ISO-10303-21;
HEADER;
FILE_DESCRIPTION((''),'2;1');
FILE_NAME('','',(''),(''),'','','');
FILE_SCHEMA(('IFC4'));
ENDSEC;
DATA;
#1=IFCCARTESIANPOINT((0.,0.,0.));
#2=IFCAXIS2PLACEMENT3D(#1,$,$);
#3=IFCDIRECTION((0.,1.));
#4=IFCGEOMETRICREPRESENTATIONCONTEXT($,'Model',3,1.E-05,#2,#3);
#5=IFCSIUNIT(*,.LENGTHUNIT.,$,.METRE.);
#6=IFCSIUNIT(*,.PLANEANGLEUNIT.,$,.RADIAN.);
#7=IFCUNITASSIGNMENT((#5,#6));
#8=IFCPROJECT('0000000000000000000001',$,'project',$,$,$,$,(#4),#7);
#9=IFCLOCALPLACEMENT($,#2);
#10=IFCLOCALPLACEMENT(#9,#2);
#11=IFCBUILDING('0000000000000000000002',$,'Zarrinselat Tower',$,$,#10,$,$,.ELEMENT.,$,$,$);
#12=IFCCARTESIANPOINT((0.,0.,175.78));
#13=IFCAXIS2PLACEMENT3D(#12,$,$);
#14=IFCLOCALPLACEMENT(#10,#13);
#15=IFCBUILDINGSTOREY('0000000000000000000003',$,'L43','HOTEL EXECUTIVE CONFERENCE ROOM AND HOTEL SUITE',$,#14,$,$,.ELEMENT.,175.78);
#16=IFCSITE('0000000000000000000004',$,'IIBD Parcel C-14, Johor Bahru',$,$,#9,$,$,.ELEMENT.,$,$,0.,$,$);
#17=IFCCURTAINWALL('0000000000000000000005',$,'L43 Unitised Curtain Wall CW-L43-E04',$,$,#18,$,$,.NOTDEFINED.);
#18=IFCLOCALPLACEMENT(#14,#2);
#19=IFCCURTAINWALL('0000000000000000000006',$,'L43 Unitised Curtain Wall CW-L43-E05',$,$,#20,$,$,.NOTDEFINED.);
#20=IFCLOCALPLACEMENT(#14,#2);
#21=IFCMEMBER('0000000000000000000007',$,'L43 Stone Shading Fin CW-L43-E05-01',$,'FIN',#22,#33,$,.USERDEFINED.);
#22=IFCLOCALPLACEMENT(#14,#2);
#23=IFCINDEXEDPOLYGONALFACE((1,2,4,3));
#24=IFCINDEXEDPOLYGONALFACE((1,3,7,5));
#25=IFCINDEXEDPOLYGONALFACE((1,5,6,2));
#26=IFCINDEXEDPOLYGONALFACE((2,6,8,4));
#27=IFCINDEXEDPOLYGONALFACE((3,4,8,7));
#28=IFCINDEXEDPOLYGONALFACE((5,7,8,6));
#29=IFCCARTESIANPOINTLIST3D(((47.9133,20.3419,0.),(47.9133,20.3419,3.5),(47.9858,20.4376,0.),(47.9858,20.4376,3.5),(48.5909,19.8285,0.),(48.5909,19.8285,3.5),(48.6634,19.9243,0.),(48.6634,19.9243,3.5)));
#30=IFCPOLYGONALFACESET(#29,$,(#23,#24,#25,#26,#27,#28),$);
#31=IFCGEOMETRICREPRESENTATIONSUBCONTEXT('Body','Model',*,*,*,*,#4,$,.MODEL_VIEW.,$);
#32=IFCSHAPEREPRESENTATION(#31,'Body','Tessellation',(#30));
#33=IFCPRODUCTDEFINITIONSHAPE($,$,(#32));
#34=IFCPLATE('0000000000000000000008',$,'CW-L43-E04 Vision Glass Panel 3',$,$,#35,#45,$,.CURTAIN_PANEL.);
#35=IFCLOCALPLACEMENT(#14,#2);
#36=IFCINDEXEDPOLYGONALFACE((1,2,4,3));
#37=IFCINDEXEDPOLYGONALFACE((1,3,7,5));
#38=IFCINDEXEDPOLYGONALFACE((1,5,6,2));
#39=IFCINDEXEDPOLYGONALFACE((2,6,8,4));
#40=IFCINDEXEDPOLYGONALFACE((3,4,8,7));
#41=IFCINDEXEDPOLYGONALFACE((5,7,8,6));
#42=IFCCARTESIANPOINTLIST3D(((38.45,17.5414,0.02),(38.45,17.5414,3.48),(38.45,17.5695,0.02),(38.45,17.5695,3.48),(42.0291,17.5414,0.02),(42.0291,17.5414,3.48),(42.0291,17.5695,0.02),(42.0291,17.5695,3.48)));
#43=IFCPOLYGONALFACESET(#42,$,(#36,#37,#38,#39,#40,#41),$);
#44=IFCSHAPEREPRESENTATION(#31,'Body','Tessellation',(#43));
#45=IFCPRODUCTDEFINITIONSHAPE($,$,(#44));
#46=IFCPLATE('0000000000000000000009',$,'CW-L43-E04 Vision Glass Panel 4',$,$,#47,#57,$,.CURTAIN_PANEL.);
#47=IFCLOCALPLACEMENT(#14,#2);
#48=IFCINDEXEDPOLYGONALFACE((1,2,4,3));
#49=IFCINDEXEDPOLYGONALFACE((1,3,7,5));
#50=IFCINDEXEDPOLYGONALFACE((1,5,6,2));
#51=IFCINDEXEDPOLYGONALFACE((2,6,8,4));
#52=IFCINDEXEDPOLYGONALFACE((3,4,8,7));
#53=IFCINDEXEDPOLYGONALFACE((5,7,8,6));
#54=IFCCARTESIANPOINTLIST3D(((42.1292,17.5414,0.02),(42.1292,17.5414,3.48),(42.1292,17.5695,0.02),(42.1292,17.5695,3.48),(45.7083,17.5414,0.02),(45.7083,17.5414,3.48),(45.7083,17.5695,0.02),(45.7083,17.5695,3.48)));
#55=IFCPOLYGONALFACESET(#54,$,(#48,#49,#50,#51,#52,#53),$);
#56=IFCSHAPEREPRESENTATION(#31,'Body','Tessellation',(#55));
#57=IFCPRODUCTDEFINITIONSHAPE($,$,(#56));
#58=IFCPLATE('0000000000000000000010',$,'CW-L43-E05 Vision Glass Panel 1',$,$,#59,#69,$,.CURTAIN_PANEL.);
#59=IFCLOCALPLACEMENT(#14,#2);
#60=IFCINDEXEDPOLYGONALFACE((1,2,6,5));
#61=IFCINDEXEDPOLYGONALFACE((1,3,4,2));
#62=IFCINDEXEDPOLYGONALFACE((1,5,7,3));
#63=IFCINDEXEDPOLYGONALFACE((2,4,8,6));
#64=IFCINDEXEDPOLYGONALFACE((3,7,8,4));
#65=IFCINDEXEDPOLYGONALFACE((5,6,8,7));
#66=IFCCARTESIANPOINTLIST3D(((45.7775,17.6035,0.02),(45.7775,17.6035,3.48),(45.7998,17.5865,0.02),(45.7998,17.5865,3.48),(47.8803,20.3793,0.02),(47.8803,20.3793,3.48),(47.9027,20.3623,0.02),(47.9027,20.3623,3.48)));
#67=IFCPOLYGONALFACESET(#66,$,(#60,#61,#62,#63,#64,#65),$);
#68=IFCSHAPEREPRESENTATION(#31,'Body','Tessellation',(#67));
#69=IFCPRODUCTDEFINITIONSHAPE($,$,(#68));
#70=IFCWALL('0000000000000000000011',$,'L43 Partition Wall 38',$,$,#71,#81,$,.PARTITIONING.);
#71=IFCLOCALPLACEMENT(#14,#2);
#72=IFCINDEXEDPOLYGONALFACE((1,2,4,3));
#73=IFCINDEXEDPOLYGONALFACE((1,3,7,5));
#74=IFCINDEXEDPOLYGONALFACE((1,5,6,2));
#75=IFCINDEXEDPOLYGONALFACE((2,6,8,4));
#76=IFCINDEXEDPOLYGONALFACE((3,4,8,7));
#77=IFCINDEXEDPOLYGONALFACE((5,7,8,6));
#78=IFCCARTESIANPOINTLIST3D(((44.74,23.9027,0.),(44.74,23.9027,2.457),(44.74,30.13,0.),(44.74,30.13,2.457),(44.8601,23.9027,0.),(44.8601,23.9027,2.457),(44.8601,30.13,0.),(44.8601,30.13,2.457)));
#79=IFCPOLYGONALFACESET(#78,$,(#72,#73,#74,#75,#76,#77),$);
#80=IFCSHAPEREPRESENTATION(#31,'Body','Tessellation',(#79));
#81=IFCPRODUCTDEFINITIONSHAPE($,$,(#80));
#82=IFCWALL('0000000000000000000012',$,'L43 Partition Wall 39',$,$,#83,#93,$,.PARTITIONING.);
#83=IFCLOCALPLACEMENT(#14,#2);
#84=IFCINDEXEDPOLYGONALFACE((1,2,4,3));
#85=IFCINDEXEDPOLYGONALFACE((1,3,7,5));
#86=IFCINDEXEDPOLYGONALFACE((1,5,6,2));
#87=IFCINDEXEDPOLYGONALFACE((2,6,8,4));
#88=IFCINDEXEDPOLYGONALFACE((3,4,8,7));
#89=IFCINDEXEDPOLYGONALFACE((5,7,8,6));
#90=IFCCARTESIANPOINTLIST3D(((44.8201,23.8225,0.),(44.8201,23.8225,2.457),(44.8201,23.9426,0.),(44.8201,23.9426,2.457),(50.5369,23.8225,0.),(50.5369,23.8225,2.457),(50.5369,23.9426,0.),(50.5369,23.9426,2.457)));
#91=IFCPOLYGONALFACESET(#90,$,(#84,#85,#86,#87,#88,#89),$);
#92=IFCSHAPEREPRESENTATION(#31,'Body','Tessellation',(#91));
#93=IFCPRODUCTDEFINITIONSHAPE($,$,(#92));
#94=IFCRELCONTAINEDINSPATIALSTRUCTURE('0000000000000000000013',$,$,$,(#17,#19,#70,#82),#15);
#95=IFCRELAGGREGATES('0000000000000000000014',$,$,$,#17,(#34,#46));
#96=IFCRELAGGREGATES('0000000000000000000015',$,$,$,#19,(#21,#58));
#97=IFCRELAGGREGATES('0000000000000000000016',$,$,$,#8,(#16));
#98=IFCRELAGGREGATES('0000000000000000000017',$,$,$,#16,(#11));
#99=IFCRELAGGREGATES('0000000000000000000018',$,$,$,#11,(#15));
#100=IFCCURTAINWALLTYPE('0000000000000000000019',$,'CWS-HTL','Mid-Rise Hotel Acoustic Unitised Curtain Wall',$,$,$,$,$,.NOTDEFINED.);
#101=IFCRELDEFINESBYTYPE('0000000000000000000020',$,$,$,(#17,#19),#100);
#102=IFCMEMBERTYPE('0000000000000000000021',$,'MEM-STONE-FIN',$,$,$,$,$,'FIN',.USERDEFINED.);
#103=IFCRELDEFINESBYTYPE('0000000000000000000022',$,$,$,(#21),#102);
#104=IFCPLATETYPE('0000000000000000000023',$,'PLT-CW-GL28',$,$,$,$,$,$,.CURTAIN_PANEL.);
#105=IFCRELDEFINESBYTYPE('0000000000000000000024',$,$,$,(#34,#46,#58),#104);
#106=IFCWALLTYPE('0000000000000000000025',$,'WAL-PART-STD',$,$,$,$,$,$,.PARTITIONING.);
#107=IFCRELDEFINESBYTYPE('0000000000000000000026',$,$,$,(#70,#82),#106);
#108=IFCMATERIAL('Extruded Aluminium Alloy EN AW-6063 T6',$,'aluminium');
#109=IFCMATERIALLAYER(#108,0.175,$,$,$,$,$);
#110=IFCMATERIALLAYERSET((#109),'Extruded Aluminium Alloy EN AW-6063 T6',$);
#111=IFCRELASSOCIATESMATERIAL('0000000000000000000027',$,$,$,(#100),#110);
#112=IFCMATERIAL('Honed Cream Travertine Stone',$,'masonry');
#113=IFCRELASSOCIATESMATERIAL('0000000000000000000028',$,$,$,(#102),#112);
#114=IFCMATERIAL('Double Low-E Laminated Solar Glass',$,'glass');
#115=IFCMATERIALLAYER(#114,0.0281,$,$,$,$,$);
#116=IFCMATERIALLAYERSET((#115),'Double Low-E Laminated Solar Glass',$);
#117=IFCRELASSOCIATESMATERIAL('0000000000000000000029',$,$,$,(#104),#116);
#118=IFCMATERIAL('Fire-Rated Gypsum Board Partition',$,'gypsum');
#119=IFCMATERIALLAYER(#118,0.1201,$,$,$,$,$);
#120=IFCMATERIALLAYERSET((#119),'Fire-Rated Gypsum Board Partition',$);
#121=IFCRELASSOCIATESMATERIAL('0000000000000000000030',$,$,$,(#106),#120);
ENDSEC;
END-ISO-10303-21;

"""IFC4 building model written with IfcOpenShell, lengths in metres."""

from ifc_helpers import new_model, si_unit, direction, frame, frame_2d, origin, origin_2d, place, context, subcontext, project, spatial, rectangle, extrude, material, layer, layer_set, material_profile, profile_set, type_object, element, aggregate, save


model = new_model("IFC4")

# Units and contexts
model_context = context("Model", 3, precision=1e-05, world=origin(), true_north=direction((0.0, 1.0)))
body_context = subcontext(model_context, "Body", "Model", "MODEL_VIEW")
ifc_project = project(units=[si_unit("LENGTHUNIT", "METRE"), si_unit("PLANEANGLEUNIT", "RADIAN")], contexts=[model_context])

# Site, building, storey
site_placement = place(None, origin())
site = spatial("IfcSite", under=ifc_project, at=site_placement, Name="IIBD Parcel C-14, Johor Bahru", CompositionType="ELEMENT", RefElevation=0.0)
building_placement = place(site_placement, origin())
building = spatial("IfcBuilding", under=site, at=building_placement, Name="Zarrinselat Tower", CompositionType="ELEMENT")
storey_placement = place(building_placement, frame((0.0, 0.0, 175.78)))
storey = spatial("IfcBuildingStorey", under=building, at=storey_placement, Name="L43", Description="HOTEL EXECUTIVE CONFERENCE ROOM AND HOTEL SUITE", CompositionType="ELEMENT", Elevation=175.78)

# Curtain walls
ifc_material_1 = material(Name="Extruded Aluminium Alloy EN AW-6063 T6", Category="aluminium")
ifc_layer_1 = layer(ifc_material_1, 0.175)
ifc_layer_set_1 = layer_set([ifc_layer_1], Name="Extruded Aluminium Alloy EN AW-6063 T6")
curtain_wall_type = type_object("IfcCurtainWallType", Name="CWS-HTL", Description="Mid-Rise Hotel Acoustic Unitised Curtain Wall", PredefinedType="NOTDEFINED", material=ifc_layer_set_1)
curtain_wall_1_placement = place(storey_placement, origin())
curtain_wall_1 = element("IfcCurtainWall", 1, at=curtain_wall_1_placement, inside=storey, type_object=curtain_wall_type, Name="L43 Unitised Curtain Wall CW-L43-E04", PredefinedType="NOTDEFINED")
curtain_wall_2_placement = place(storey_placement, origin())
curtain_wall_2 = element("IfcCurtainWall", 2, at=curtain_wall_2_placement, inside=storey, type_object=curtain_wall_type, Name="L43 Unitised Curtain Wall CW-L43-E05", PredefinedType="NOTDEFINED")

# Member
ifc_material_2 = material(Name="Honed Cream Travertine Stone", Category="masonry")
ifc_material_profile_1 = material_profile(ifc_material_2, rectangle(XDim=0.1201, YDim=0.8501, at=origin_2d()), Name="FIN 850x120")
ifc_profile_set_1 = profile_set([ifc_material_profile_1], Name="Honed Cream Travertine Stone")
member_type_1 = type_object("IfcMemberType", Name="MEM-STONE-FIN", ElementType="FIN", PredefinedType="USERDEFINED", material=ifc_profile_set_1)
member_1_placement = place(storey_placement, frame((48.2883, 20.1331, 0.0), z_axis=(0.0, 0.0, 1.0), x_axis=(-0.603859, -0.797091, 0.0)))
member_1 = element("IfcMember", 3, at=member_1_placement, type_object=member_type_1, Name="L43 Stone Shading Fin CW-L43-E05-01", ObjectType="FIN", PredefinedType="USERDEFINED", context=body_context, shape_type="SweptSolid", body=[
    extrude(rectangle(XDim=0.1201, YDim=0.8501, at=origin_2d()), origin(), (0.0, 0.0, 1.0), 3.5),
])

# Plates
ifc_material_3 = material(Name="Double Low-E Laminated Solar Glass", Category="glass")
ifc_layer_2 = layer(ifc_material_3, 0.0281)
ifc_layer_set_2 = layer_set([ifc_layer_2], Name="Double Low-E Laminated Solar Glass")
plate_type = type_object("IfcPlateType", Name="PLT-CW-GL28", PredefinedType="CURTAIN_PANEL", material=ifc_layer_set_2)
plate_1_placement = place(storey_placement, frame((40.2395, 17.5554, 0.02), z_axis=(0.0, 0.0, 1.0), x_axis=(1.0, 0.0, 0.0)))
plate_1 = element("IfcPlate", 4, at=plate_1_placement, type_object=plate_type, Name="CW-L43-E04 Vision Glass Panel 3", PredefinedType="CURTAIN_PANEL", context=body_context, shape_type="SweptSolid", body=[
    extrude(rectangle(XDim=3.5791, YDim=0.0281, at=origin_2d()), origin(), (0.0, 0.0, 1.0), 3.46),
])
plate_2_placement = place(storey_placement, frame((43.9187, 17.5554, 0.02), z_axis=(0.0, 0.0, 1.0), x_axis=(1.0, 0.0, 0.0)))
plate_2 = element("IfcPlate", 5, at=plate_2_placement, type_object=plate_type, Name="CW-L43-E04 Vision Glass Panel 4", PredefinedType="CURTAIN_PANEL", context=body_context, shape_type="SweptSolid", body=[
    extrude(rectangle(XDim=3.5791, YDim=0.0281, at=origin_2d()), origin(), (0.0, 0.0, 1.0), 3.46),
])
aggregate(curtain_wall_1, [plate_1, plate_2])
plate_3_placement = place(storey_placement, frame((46.8401, 18.9829, 0.02), z_axis=(0.0, 0.0, 1.0), x_axis=(0.603859, 0.797091, 0.0)))
plate_3 = element("IfcPlate", 6, at=plate_3_placement, type_object=plate_type, Name="CW-L43-E05 Vision Glass Panel 1", PredefinedType="CURTAIN_PANEL", context=body_context, shape_type="SweptSolid", body=[
    extrude(rectangle(XDim=3.4824, YDim=0.0281, at=origin_2d()), origin(), (0.0, 0.0, 1.0), 3.46),
])
aggregate(curtain_wall_2, [member_1, plate_3])

# Walls
ifc_material_4 = material(Name="Fire-Rated Gypsum Board Partition", Category="gypsum")
ifc_layer_3 = layer(ifc_material_4, 0.1201)
ifc_layer_set_3 = layer_set([ifc_layer_3], Name="Fire-Rated Gypsum Board Partition")
wall_type = type_object("IfcWallType", Name="WAL-PART-STD", PredefinedType="PARTITIONING", material=ifc_layer_set_3)
wall_1_placement = place(storey_placement, frame((44.8, 23.9026, 0.0), z_axis=(0.0, 0.0, 1.0), x_axis=(0.0, 1.0, 0.0)))
element("IfcWall", 7, at=wall_1_placement, inside=storey, type_object=wall_type, Name="L43 Partition Wall 38", PredefinedType="PARTITIONING", context=body_context, shape_type="SweptSolid", body=[
    extrude(rectangle(XDim=6.2273, YDim=0.1201, at=frame_2d((3.1138, 0.0))), origin(), (0.0, 0.0, 1.0), 2.457),
])
wall_2_placement = place(storey_placement, frame((44.8201, 23.8826, 0.0), z_axis=(0.0, 0.0, 1.0), x_axis=(1.0, 0.0, 0.0)))
element("IfcWall", 8, at=wall_2_placement, inside=storey, type_object=wall_type, Name="L43 Partition Wall 39", PredefinedType="PARTITIONING", context=body_context, shape_type="SweptSolid", body=[
    extrude(rectangle(XDim=5.7168, YDim=0.1201, at=frame_2d((2.8584, 0.0))), origin(), (0.0, 0.0, 1.0), 2.457),
])

save(model, "model.ifc")
